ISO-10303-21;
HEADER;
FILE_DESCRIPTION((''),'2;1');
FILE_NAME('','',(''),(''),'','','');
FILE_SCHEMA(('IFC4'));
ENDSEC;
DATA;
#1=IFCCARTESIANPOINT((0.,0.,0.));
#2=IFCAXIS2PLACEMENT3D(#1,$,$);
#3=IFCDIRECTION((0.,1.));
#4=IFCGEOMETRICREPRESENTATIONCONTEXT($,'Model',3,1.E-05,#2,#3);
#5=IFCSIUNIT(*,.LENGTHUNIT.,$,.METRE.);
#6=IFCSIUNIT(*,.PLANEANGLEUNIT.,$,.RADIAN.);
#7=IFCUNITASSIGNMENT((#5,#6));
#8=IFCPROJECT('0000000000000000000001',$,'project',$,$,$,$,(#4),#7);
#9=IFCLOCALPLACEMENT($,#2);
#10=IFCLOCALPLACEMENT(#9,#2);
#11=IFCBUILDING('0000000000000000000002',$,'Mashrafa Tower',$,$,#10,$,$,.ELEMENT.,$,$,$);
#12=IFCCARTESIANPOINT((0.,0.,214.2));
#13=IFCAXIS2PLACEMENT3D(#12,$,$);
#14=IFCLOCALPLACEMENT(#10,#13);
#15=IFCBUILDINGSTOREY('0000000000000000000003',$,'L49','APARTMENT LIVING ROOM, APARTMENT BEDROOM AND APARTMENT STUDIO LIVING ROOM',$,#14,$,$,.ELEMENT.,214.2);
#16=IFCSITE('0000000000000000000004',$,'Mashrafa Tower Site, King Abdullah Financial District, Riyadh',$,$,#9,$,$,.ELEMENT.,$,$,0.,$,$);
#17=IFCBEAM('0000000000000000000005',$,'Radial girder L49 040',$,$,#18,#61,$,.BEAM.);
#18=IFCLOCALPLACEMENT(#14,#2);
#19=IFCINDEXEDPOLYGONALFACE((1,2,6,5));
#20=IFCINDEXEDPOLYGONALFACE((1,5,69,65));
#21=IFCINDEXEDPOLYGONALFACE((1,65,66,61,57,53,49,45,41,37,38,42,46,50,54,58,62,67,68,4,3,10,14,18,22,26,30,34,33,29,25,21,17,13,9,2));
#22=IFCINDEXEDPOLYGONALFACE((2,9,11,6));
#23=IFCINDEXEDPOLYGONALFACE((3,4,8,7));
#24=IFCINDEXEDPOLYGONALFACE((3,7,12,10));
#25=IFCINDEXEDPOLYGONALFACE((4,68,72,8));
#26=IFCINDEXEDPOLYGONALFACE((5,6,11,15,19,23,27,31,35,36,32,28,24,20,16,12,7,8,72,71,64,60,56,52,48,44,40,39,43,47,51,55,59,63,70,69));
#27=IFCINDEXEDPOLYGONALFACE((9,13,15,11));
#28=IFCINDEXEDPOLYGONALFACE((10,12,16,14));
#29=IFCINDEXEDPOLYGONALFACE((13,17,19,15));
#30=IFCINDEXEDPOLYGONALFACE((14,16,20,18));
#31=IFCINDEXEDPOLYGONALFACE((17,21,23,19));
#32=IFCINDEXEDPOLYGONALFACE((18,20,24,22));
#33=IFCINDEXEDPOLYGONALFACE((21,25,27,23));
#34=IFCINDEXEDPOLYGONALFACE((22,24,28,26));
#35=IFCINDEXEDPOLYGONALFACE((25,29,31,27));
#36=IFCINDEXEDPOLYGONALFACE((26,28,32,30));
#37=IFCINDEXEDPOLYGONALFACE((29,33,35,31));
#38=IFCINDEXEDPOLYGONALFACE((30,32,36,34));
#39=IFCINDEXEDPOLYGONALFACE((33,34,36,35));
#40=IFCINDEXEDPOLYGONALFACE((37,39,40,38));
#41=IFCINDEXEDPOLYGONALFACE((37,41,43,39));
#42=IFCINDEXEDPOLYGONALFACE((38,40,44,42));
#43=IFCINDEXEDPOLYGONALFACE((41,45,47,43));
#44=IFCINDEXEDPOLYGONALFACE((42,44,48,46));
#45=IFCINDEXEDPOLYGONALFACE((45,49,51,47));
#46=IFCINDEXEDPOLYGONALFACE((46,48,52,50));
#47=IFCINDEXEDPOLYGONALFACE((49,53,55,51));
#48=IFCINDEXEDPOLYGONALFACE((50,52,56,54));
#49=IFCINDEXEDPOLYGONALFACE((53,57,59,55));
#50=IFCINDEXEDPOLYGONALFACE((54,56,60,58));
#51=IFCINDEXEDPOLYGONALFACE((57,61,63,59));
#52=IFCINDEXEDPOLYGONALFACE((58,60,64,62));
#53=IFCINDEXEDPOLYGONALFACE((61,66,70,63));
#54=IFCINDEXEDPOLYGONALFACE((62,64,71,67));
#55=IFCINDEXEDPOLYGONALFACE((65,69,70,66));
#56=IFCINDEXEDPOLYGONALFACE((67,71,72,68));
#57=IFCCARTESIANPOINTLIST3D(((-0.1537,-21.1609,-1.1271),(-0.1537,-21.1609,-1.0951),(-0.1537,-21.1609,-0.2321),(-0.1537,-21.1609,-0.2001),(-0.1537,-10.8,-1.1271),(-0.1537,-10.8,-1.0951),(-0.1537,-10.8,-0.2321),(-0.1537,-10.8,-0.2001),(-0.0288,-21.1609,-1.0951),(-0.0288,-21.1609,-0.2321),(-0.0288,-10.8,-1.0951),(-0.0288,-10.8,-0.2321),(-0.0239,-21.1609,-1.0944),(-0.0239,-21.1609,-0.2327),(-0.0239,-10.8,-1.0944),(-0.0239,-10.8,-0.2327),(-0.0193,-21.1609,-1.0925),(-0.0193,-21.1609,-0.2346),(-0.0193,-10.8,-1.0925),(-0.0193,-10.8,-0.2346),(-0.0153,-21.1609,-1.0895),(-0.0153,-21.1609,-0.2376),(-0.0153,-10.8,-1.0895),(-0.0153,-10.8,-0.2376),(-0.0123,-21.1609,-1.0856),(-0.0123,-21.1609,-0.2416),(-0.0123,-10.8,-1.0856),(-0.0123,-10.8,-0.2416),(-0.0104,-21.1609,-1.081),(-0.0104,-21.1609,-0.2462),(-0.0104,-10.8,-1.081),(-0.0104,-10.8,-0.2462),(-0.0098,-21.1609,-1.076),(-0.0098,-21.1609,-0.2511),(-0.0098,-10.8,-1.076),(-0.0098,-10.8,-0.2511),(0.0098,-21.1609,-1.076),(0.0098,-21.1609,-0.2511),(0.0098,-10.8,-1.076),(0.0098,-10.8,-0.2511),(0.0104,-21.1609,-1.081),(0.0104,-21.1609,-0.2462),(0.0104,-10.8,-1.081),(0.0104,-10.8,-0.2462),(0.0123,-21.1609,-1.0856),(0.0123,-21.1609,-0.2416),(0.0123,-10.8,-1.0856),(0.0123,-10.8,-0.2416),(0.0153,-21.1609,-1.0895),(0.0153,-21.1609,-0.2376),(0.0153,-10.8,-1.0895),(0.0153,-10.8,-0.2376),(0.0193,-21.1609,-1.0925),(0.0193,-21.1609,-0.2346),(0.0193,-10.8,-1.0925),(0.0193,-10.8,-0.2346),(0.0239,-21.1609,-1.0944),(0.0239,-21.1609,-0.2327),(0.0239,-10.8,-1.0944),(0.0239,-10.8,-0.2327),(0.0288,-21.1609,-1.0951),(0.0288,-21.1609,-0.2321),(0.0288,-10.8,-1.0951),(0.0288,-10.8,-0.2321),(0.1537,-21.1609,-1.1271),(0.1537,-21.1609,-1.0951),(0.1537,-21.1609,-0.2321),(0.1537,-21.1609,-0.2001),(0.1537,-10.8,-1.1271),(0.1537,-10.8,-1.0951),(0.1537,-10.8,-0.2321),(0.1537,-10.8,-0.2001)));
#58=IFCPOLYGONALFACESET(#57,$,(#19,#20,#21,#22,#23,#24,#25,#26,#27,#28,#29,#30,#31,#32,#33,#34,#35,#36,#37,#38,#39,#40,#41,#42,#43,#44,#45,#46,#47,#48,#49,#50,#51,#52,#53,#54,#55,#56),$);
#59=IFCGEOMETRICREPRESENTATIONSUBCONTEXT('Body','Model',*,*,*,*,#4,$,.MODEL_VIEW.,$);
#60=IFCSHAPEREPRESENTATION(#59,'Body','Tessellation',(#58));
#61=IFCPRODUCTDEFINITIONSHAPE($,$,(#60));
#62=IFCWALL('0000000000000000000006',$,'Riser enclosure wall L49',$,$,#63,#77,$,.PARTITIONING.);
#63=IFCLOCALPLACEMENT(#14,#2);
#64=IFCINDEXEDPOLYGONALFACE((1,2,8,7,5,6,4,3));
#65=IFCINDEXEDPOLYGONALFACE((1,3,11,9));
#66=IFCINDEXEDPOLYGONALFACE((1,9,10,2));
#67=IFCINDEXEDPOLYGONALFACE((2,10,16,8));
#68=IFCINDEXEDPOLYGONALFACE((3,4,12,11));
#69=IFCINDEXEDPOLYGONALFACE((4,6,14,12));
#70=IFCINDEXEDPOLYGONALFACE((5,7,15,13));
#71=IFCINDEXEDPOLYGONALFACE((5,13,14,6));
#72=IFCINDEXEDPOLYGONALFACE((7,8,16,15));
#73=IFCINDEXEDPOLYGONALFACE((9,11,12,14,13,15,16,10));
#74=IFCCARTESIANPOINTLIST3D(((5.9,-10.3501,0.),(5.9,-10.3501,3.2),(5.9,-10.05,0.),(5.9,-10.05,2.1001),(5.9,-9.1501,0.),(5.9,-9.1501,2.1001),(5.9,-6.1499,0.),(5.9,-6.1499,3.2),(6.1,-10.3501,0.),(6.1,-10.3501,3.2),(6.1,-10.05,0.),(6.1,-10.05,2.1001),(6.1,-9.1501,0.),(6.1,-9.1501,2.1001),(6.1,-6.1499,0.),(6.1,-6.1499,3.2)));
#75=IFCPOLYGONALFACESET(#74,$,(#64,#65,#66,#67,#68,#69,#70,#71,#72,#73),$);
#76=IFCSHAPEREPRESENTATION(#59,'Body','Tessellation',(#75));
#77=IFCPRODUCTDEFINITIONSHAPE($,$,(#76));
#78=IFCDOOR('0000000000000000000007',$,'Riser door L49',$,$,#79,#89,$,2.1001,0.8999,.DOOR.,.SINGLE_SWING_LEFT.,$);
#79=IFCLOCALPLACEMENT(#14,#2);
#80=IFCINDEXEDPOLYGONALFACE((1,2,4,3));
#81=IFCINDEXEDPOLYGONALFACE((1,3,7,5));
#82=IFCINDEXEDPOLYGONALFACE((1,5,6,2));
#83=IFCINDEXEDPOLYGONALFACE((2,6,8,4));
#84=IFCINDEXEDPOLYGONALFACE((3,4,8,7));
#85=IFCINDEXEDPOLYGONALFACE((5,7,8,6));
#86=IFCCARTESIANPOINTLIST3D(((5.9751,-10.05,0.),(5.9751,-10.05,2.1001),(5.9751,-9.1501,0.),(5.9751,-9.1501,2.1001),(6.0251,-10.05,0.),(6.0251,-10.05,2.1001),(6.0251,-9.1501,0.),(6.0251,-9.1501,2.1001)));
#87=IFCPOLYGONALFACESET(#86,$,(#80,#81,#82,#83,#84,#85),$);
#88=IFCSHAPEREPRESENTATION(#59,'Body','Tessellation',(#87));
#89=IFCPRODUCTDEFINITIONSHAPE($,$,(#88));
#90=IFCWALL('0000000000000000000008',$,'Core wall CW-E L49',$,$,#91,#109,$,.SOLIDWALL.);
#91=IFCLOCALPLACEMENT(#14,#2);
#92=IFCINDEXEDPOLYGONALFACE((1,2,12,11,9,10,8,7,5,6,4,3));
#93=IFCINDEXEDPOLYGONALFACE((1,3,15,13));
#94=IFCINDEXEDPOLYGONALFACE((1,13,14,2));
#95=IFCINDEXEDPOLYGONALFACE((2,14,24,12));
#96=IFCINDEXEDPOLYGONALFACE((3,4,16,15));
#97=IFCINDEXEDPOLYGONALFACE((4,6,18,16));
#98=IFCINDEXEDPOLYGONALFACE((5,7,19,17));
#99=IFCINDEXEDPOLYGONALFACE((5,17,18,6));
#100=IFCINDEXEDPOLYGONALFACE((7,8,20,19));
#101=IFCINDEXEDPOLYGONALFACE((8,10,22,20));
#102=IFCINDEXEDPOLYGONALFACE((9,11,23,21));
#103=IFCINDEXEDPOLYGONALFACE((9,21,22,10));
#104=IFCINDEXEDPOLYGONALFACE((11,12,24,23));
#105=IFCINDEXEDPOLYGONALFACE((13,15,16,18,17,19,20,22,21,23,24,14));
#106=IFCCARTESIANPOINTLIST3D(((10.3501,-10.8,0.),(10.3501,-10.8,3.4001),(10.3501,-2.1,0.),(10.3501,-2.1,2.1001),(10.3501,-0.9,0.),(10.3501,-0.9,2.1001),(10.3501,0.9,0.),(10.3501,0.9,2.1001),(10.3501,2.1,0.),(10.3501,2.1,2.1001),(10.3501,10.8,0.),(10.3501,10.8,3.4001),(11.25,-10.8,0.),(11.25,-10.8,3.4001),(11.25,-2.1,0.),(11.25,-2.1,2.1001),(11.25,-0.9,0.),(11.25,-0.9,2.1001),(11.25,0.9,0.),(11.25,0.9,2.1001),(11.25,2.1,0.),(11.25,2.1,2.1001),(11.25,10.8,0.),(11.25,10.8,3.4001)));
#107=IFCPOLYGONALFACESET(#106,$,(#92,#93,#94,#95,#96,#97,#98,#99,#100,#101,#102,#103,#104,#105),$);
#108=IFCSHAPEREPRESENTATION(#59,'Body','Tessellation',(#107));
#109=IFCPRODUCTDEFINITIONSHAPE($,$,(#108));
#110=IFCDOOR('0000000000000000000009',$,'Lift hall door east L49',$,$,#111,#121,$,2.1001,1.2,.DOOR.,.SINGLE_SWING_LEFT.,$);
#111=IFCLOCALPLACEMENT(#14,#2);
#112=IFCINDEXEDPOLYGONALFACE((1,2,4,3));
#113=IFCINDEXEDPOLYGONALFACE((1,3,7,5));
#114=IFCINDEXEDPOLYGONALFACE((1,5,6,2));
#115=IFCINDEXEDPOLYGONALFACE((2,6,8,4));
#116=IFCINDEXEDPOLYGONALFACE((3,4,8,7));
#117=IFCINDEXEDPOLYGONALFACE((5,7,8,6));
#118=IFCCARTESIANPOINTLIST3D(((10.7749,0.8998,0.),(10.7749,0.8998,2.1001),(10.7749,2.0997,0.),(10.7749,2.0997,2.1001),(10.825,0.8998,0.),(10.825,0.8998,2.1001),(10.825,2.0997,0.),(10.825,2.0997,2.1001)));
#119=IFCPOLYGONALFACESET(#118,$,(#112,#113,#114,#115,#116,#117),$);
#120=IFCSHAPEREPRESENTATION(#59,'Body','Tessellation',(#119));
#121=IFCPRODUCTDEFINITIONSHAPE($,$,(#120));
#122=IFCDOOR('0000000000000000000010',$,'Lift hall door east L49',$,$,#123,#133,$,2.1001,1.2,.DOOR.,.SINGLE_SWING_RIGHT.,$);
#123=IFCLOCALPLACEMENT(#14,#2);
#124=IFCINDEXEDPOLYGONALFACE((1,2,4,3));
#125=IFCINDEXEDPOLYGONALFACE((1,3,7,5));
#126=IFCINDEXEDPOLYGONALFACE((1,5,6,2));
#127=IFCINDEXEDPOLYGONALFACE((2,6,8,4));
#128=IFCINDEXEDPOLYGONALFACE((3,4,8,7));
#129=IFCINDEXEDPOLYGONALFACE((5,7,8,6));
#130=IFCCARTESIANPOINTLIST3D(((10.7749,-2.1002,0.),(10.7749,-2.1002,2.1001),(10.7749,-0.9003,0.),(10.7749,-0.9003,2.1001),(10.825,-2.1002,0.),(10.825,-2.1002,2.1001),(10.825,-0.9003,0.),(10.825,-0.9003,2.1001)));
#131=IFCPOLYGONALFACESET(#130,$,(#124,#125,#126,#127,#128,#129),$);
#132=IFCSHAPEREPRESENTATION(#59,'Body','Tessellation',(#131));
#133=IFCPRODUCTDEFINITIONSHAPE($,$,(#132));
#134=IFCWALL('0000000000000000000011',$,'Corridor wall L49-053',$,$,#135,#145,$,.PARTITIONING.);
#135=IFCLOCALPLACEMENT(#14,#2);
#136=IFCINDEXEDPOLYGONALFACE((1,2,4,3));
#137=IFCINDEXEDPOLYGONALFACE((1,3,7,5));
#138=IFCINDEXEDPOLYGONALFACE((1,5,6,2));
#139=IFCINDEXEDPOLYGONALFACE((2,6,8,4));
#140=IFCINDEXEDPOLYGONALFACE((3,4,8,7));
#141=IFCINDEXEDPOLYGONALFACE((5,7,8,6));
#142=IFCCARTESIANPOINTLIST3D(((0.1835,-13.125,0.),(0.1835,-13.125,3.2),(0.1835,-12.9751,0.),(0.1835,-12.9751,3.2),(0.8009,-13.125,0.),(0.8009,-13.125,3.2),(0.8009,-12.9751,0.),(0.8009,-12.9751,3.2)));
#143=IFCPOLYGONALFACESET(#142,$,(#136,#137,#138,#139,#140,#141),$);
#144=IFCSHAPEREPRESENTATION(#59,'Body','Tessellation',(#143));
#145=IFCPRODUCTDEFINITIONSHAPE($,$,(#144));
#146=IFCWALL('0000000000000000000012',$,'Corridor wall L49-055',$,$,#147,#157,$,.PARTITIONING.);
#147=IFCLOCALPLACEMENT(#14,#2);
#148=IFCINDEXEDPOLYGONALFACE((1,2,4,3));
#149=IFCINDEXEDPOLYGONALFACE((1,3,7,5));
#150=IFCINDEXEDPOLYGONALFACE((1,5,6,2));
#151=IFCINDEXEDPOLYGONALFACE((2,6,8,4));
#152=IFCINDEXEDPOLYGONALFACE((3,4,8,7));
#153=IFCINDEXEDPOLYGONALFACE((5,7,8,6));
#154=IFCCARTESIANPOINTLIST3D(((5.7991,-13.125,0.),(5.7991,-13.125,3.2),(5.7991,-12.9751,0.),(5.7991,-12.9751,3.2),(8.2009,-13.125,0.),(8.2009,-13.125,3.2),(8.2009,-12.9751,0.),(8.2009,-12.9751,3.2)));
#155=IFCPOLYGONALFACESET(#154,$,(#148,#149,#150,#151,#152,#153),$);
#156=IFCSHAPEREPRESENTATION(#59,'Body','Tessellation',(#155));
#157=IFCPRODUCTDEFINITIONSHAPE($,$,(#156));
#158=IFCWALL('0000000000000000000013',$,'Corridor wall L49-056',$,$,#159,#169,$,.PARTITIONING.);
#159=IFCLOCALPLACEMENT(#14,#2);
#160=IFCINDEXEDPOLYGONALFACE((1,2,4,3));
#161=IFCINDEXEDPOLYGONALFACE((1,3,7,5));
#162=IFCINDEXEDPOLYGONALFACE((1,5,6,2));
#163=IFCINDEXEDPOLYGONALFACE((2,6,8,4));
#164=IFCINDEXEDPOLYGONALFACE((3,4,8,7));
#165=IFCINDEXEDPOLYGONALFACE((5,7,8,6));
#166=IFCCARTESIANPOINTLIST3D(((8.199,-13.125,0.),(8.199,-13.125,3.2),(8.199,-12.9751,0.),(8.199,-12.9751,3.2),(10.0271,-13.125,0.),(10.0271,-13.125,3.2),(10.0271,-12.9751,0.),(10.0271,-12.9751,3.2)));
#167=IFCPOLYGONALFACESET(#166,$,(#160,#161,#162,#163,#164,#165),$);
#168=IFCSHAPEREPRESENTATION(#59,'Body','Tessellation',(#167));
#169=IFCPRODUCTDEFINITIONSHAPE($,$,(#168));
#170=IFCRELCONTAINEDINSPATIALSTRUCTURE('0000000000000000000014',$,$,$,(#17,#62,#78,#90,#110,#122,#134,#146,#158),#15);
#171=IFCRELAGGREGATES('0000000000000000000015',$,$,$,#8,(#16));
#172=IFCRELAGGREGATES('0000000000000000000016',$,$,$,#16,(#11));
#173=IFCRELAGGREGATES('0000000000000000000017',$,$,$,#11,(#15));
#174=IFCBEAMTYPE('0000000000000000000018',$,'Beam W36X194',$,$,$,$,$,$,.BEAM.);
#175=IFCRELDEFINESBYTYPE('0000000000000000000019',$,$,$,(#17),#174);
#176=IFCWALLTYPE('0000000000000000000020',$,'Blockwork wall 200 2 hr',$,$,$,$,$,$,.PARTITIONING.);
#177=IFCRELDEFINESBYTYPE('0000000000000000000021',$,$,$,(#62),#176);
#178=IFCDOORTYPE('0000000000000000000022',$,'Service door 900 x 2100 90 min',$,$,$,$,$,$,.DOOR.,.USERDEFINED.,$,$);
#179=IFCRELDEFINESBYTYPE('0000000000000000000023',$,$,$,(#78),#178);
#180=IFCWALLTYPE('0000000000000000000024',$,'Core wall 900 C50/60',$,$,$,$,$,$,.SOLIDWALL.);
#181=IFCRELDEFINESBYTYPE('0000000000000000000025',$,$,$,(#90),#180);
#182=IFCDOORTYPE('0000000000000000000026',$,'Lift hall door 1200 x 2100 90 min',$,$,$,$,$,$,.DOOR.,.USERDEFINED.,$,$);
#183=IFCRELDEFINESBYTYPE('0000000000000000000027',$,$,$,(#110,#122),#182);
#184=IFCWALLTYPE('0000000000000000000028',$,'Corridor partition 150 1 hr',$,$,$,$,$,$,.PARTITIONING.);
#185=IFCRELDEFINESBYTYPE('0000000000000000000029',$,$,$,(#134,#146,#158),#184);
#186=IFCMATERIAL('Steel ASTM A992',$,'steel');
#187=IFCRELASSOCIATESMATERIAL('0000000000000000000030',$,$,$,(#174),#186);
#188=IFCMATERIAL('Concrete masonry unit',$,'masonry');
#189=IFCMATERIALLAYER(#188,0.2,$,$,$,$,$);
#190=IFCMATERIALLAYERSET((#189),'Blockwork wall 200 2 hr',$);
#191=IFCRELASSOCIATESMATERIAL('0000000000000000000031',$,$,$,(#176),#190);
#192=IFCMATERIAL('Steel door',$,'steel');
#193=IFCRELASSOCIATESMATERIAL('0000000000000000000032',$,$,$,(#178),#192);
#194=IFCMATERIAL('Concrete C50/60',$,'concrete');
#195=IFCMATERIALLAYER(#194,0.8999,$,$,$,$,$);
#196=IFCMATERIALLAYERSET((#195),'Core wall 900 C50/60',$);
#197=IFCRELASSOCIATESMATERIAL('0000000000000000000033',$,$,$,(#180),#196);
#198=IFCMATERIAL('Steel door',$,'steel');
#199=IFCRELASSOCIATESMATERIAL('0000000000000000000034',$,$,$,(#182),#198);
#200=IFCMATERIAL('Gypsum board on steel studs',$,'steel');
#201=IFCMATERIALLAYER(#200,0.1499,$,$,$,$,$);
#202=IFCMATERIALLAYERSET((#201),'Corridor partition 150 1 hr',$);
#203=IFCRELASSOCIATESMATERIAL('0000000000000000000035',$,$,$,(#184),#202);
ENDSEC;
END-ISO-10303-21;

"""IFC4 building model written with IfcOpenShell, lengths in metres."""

from ifc_helpers import new_model, si_unit, direction, frame, frame_2d, origin, origin_2d, place, context, subcontext, project, spatial, rectangle, i_section, extrude, material, layer, layer_set, material_profile, profile_set, type_object, element, fill, save


model = new_model("IFC4")

# Units and contexts
model_context = context("Model", 3, precision=1e-05, world=origin(), true_north=direction((0.0, 1.0)))
body_context = subcontext(model_context, "Body", "Model", "MODEL_VIEW")
ifc_project = project(units=[si_unit("LENGTHUNIT", "METRE"), si_unit("PLANEANGLEUNIT", "RADIAN")], contexts=[model_context])

# Site, building, storey
site_placement = place(None, origin())
site = spatial("IfcSite", under=ifc_project, at=site_placement, Name="Mashrafa Tower Site, King Abdullah Financial District, Riyadh", CompositionType="ELEMENT", RefElevation=0.0)
building_placement = place(site_placement, origin())
building = spatial("IfcBuilding", under=site, at=building_placement, Name="Mashrafa Tower", CompositionType="ELEMENT")
storey_placement = place(building_placement, frame((0.0, 0.0, 214.2)))
storey = spatial("IfcBuildingStorey", under=building, at=storey_placement, Name="L49", Description="APARTMENT LIVING ROOM, APARTMENT BEDROOM AND APARTMENT STUDIO LIVING ROOM", CompositionType="ELEMENT", Elevation=214.2)

# Beam
ifc_material_1 = material(Name="Steel ASTM A992", Category="steel")
ifc_material_profile_1 = material_profile(ifc_material_1, i_section(OverallWidth=0.3074, OverallDepth=0.927, WebThickness=0.0195, FlangeThickness=0.032, FilletRadius=0.019, at=origin_2d()), Name="W36X194")
ifc_profile_set_1 = profile_set([ifc_material_profile_1], Name="Steel ASTM A992")
beam_type_1 = type_object("IfcBeamType", Name="Beam W36X194", PredefinedType="BEAM", material=ifc_profile_set_1)
beam_1_placement = place(storey_placement, frame((0.0, -10.8, -0.6636), z_axis=(0.0, -1.0, 0.0), x_axis=(1.0, 0.0, 0.0)))
element("IfcBeam", 1, at=beam_1_placement, inside=storey, type_object=beam_type_1, Name="Radial girder L49 040", PredefinedType="BEAM", context=body_context, shape_type="SweptSolid", body=[
    extrude(i_section(OverallWidth=0.3074, OverallDepth=0.927, WebThickness=0.0195, FlangeThickness=0.032, FilletRadius=0.019, at=origin_2d()), origin(), (0.0, 0.0, 1.0), 10.3608),
])

# Wall, opening, door
ifc_material_2 = material(Name="Concrete masonry unit", Category="masonry")
ifc_layer_1 = layer(ifc_material_2, 0.2)
ifc_layer_set_1 = layer_set([ifc_layer_1], Name="Blockwork wall 200 2 hr")
wall_type_1 = type_object("IfcWallType", Name="Blockwork wall 200 2 hr", PredefinedType="PARTITIONING", material=ifc_layer_set_1)
wall_1_placement = place(storey_placement, frame((6.0, -10.3501, 0.0), z_axis=(0.0, 0.0, 1.0), x_axis=(0.0, 1.0, 0.0)))
wall_1 = element("IfcWall", 2, at=wall_1_placement, inside=storey, type_object=wall_type_1, Name="Riser enclosure wall L49", PredefinedType="PARTITIONING", context=body_context, shape_type="SweptSolid", body=[
    extrude(rectangle(XDim=4.2002, YDim=0.2, at=frame_2d((2.1001, 0.0))), origin(), (0.0, 0.0, 1.0), 3.2),
])
opening_1_placement = place(wall_1_placement, frame((0.3, 0.0, 0.0)))
opening_1 = element("IfcOpeningElement", 3, at=opening_1_placement, cuts=wall_1, PredefinedType="OPENING", context=body_context, shape_type="SweptSolid", body=[
    extrude(rectangle(XDim=0.8999, YDim=2.1001, at=frame_2d((0.45, 1.05))), frame((0.0, 0.1099, 0.0), z_axis=(0.0, -1.0, 0.0), x_axis=(1.0, 0.0, 0.0)), (0.0, 0.0, 1.0), 0.22),
])
ifc_material_3 = material(Name="Steel door", Category="steel")
door_type_1 = type_object("IfcDoorType", Name="Service door 900 x 2100 90 min", OperationType="USERDEFINED", PredefinedType="DOOR", material=ifc_material_3)
door_1_placement = place(opening_1_placement, origin())
door_1 = element("IfcDoor", 4, at=door_1_placement, inside=storey, type_object=door_type_1, Name="Riser door L49", OperationType="SINGLE_SWING_LEFT", OverallHeight=2.1001, OverallWidth=0.8999, PredefinedType="DOOR", context=body_context, shape_type="SweptSolid", body=[
    extrude(rectangle(XDim=0.8999, YDim=2.1001, at=frame_2d((0.45, 1.05))), frame((0.0, 0.0249, 0.0), z_axis=(0.0, -1.0, 0.0), x_axis=(1.0, 0.0, 0.0)), (0.0, 0.0, 1.0), 0.05),
])
fill(opening_1, door_1)

# Wall, openings, doors
ifc_material_4 = material(Name="Concrete C50/60", Category="concrete")
ifc_layer_2 = layer(ifc_material_4, 0.8999)
ifc_layer_set_2 = layer_set([ifc_layer_2], Name="Core wall 900 C50/60")
wall_type_2 = type_object("IfcWallType", Name="Core wall 900 C50/60", PredefinedType="SOLIDWALL", material=ifc_layer_set_2)
wall_2_placement = place(storey_placement, frame((10.8, -10.8, 0.0), z_axis=(0.0, 0.0, 1.0), x_axis=(0.0, 1.0, 0.0)))
wall_2 = element("IfcWall", 5, at=wall_2_placement, inside=storey, type_object=wall_type_2, Name="Core wall CW-E L49", PredefinedType="SOLIDWALL", context=body_context, shape_type="SweptSolid", body=[
    extrude(rectangle(XDim=21.6001, YDim=0.8999, at=frame_2d((10.8, 0.0))), origin(), (0.0, 0.0, 1.0), 3.4001),
])
opening_2_placement = place(wall_2_placement, frame((11.7, 0.0, 0.0)))
opening_2 = element("IfcOpeningElement", 6, at=opening_2_placement, cuts=wall_2, PredefinedType="OPENING", context=body_context, shape_type="SweptSolid", body=[
    extrude(rectangle(XDim=1.2, YDim=2.1001, at=frame_2d((0.6001, 1.05))), frame((0.0, 0.46, 0.0), z_axis=(0.0, -1.0, 0.0), x_axis=(1.0, 0.0, 0.0)), (0.0, 0.0, 1.0), 0.9199),
])
opening_3_placement = place(wall_2_placement, frame((8.7, 0.0, 0.0)))
opening_3 = element("IfcOpeningElement", 7, at=opening_3_placement, cuts=wall_2, PredefinedType="OPENING", context=body_context, shape_type="SweptSolid", body=[
    extrude(rectangle(XDim=1.2, YDim=2.1001, at=frame_2d((0.6001, 1.05))), frame((0.0, 0.46, 0.0), z_axis=(0.0, -1.0, 0.0), x_axis=(1.0, 0.0, 0.0)), (0.0, 0.0, 1.0), 0.9199),
])
ifc_material_5 = material(Name="Steel door", Category="steel")
door_type_2 = type_object("IfcDoorType", Name="Lift hall door 1200 x 2100 90 min", OperationType="USERDEFINED", PredefinedType="DOOR", material=ifc_material_5)
door_2_placement = place(opening_2_placement, frame((1.2, 0.0, 0.0), z_axis=(0.0, 0.0, 1.0), x_axis=(-1.0, 0.0, 0.0)))
door_2 = element("IfcDoor", 8, at=door_2_placement, inside=storey, type_object=door_type_2, Name="Lift hall door east L49", OperationType="SINGLE_SWING_LEFT", OverallHeight=2.1001, OverallWidth=1.2, PredefinedType="DOOR", context=body_context, shape_type="SweptSolid", body=[
    extrude(rectangle(XDim=1.2, YDim=2.1001, at=frame_2d((0.6001, 1.05))), frame((0.0, 0.0249, 0.0), z_axis=(0.0, -1.0, 0.0), x_axis=(1.0, 0.0, 0.0)), (0.0, 0.0, 1.0), 0.05),
])
fill(opening_2, door_2)
door_3_placement = place(opening_3_placement, frame((1.2, 0.0, 0.0), z_axis=(0.0, 0.0, 1.0), x_axis=(-1.0, 0.0, 0.0)))
door_3 = element("IfcDoor", 9, at=door_3_placement, inside=storey, type_object=door_type_2, Name="Lift hall door east L49", OperationType="SINGLE_SWING_RIGHT", OverallHeight=2.1001, OverallWidth=1.2, PredefinedType="DOOR", context=body_context, shape_type="SweptSolid", body=[
    extrude(rectangle(XDim=1.2, YDim=2.1001, at=frame_2d((0.6001, 1.05))), frame((0.0, 0.0249, 0.0), z_axis=(0.0, -1.0, 0.0), x_axis=(1.0, 0.0, 0.0)), (0.0, 0.0, 1.0), 0.05),
])
fill(opening_3, door_3)

# Walls
ifc_material_6 = material(Name="Gypsum board on steel studs", Category="steel")
ifc_layer_3 = layer(ifc_material_6, 0.1499)
ifc_layer_set_3 = layer_set([ifc_layer_3], Name="Corridor partition 150 1 hr")
wall_type_3 = type_object("IfcWallType", Name="Corridor partition 150 1 hr", PredefinedType="PARTITIONING", material=ifc_layer_set_3)
wall_3_placement = place(storey_placement, frame((0.1836, -13.05, 0.0), z_axis=(0.0, 0.0, 1.0), x_axis=(1.0, 0.0, 0.0)))
element("IfcWall", 10, at=wall_3_placement, inside=storey, type_object=wall_type_3, Name="Corridor wall L49-053", PredefinedType="PARTITIONING", context=body_context, shape_type="SweptSolid", body=[
    extrude(rectangle(XDim=0.6174, YDim=0.1499, at=frame_2d((0.3086, 0.0))), origin(), (0.0, 0.0, 1.0), 3.2),
])
wall_4_placement = place(storey_placement, frame((5.7991, -13.05, 0.0), z_axis=(0.0, 0.0, 1.0), x_axis=(1.0, 0.0, 0.0)))
element("IfcWall", 11, at=wall_4_placement, inside=storey, type_object=wall_type_3, Name="Corridor wall L49-055", PredefinedType="PARTITIONING", context=body_context, shape_type="SweptSolid", body=[
    extrude(rectangle(XDim=2.4019, YDim=0.1499, at=frame_2d((1.2009, 0.0))), origin(), (0.0, 0.0, 1.0), 3.2),
])
wall_5_placement = place(storey_placement, frame((8.199, -13.05, 0.0), z_axis=(0.0, 0.0, 1.0), x_axis=(1.0, 0.0, 0.0)))
element("IfcWall", 12, at=wall_5_placement, inside=storey, type_object=wall_type_3, Name="Corridor wall L49-056", PredefinedType="PARTITIONING", context=body_context, shape_type="SweptSolid", body=[
    extrude(rectangle(XDim=1.8281, YDim=0.1499, at=frame_2d((0.9141, 0.0))), origin(), (0.0, 0.0, 1.0), 3.2),
])

save(model, "model.ifc")
